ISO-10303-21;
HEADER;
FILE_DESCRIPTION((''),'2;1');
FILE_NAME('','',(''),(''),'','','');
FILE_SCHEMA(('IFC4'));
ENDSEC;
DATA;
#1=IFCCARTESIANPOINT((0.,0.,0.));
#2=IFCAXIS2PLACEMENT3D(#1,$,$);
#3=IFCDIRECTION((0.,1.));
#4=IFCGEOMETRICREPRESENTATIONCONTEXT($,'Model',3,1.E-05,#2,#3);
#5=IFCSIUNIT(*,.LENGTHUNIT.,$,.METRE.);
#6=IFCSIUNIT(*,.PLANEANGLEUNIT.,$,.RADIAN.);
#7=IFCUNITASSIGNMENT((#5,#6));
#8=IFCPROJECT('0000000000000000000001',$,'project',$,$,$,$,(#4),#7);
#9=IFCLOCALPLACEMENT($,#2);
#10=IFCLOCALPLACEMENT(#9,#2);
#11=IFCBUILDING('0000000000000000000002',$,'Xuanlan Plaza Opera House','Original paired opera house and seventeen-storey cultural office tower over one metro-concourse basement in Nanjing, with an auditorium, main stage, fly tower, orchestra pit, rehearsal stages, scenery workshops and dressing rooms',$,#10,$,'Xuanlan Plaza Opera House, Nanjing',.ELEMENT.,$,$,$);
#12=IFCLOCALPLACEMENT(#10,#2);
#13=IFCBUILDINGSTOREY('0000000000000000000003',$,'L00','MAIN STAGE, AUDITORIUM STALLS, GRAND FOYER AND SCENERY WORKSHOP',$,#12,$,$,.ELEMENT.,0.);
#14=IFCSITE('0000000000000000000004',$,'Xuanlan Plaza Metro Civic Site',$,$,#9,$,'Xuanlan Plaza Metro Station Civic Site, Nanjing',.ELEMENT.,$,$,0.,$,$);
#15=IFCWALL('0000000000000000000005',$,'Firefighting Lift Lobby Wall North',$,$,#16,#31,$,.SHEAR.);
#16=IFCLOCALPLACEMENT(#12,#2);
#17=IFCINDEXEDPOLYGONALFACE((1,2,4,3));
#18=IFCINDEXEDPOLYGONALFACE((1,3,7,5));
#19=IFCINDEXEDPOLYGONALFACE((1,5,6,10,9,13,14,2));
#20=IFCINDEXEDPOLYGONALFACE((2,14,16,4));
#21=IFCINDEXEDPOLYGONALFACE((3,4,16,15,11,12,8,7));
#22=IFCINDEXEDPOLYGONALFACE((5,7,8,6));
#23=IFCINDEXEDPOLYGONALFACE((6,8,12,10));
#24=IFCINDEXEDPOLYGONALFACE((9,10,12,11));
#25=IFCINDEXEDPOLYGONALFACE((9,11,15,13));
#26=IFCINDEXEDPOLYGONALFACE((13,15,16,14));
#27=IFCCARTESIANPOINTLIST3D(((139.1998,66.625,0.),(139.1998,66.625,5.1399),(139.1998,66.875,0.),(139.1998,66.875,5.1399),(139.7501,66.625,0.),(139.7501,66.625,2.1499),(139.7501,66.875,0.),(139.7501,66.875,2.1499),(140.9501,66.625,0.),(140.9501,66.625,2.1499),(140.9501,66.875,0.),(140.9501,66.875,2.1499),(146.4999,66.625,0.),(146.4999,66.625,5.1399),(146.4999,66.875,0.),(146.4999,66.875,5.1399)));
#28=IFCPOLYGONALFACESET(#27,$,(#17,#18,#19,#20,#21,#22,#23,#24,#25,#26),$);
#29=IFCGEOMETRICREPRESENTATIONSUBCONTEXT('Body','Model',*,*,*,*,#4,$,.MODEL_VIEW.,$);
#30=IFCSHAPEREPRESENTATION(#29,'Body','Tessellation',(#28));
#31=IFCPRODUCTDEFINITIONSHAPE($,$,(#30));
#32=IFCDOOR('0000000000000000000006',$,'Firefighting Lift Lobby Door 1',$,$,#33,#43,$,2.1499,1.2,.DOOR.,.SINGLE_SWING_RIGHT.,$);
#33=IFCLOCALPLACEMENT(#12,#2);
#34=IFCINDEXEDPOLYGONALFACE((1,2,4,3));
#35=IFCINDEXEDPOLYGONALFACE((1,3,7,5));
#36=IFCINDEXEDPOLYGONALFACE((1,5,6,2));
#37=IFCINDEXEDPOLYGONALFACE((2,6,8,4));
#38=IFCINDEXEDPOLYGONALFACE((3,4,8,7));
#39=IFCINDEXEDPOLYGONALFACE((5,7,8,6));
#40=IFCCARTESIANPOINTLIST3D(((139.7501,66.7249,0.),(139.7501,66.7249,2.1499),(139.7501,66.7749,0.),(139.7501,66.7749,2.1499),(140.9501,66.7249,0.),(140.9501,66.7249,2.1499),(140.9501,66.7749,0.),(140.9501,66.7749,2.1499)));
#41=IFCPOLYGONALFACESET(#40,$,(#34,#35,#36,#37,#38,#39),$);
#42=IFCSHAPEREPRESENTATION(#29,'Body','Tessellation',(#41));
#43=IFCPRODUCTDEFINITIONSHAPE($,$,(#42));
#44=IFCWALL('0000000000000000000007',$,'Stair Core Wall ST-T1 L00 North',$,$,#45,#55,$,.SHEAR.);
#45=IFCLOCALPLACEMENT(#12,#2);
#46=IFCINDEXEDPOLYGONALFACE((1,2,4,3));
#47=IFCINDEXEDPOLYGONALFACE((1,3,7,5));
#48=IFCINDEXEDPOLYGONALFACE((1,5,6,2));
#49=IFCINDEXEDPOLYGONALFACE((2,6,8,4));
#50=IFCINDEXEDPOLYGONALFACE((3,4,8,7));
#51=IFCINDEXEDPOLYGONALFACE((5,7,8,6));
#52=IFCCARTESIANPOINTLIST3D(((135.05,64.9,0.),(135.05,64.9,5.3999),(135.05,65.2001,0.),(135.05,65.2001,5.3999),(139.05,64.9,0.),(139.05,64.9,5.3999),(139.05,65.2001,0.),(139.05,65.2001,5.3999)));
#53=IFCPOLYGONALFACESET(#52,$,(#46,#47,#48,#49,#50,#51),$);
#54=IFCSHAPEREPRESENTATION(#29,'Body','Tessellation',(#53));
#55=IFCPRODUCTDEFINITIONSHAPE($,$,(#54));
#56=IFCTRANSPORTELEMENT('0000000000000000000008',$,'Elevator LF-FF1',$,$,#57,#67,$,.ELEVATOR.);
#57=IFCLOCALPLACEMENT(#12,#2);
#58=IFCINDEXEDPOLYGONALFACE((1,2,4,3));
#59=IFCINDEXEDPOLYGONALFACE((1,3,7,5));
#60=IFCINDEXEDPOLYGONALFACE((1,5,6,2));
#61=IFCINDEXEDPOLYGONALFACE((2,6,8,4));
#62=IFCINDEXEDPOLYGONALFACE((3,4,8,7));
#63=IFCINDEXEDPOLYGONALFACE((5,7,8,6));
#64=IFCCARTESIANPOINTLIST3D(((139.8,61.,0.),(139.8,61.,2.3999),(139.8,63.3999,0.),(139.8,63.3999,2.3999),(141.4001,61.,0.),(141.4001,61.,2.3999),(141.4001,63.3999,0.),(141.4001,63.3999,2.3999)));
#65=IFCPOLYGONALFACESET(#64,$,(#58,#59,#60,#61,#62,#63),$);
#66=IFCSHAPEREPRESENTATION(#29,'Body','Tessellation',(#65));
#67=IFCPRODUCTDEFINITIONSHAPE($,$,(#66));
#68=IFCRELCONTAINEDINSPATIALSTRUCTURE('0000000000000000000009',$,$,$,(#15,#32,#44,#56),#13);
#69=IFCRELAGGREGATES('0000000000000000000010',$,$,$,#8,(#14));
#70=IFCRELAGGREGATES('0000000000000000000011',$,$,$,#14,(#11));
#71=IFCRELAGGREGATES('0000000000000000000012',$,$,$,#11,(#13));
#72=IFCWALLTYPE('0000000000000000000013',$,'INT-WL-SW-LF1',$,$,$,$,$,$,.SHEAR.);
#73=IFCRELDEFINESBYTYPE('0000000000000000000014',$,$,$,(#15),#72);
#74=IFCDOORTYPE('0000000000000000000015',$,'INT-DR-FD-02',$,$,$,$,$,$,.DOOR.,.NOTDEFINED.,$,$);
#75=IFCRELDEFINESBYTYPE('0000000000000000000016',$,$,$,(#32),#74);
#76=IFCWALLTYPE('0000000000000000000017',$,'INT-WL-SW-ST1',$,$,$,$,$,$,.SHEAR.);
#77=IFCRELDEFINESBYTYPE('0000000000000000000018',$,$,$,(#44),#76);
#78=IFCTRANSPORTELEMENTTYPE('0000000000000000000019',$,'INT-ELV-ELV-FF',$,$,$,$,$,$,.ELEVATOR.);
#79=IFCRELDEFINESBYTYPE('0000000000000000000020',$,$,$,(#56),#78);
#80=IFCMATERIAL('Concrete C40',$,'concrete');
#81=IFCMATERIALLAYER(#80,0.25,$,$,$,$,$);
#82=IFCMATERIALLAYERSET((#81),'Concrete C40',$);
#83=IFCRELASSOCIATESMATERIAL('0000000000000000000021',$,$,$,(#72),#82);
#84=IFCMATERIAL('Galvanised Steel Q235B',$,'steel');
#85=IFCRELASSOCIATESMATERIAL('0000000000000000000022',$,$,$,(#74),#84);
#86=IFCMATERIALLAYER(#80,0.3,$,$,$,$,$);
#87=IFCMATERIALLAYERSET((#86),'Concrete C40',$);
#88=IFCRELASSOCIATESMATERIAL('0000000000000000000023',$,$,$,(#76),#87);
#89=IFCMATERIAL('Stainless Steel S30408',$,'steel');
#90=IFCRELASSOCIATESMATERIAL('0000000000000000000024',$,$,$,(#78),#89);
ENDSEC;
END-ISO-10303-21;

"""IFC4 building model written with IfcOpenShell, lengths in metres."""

from ifc_helpers import new_model, si_unit, direction, frame, frame_2d, origin, origin_2d, place, context, subcontext, project, spatial, rectangle, extrude, material, layer, layer_set, type_object, element, fill, save


model = new_model("IFC4")

# Units and contexts
model_context = context("Model", 3, precision=1e-05, world=origin(), true_north=direction((0.0, 1.0)))
body_context = subcontext(model_context, "Body", "Model", "MODEL_VIEW")
ifc_project = project(units=[si_unit("LENGTHUNIT", "METRE"), si_unit("PLANEANGLEUNIT", "RADIAN")], contexts=[model_context])

# Site, building, storey
site_placement = place(None, origin())
site = spatial("IfcSite", under=ifc_project, at=site_placement, Name="Xuanlan Plaza Metro Civic Site", LongName="Xuanlan Plaza Metro Station Civic Site, Nanjing", CompositionType="ELEMENT", RefElevation=0.0)
building_placement = place(site_placement, origin())
building = spatial("IfcBuilding", under=site, at=building_placement, Name="Xuanlan Plaza Opera House", Description="Original paired opera house and seventeen-storey cultural office tower over one metro-concourse basement in Nanjing, with an auditorium, main stage, fly tower, orchestra pit, rehearsal stages, scenery workshops and dressing rooms", LongName="Xuanlan Plaza Opera House, Nanjing", CompositionType="ELEMENT")
storey_placement = place(building_placement, origin())
storey = spatial("IfcBuildingStorey", under=building, at=storey_placement, Name="L00", Description="MAIN STAGE, AUDITORIUM STALLS, GRAND FOYER AND SCENERY WORKSHOP", CompositionType="ELEMENT", Elevation=0.0)

# Shared definitions
ifc_material_1 = material(Name="Concrete C40", Category="concrete")

# Shared definitions
ifc_layer_1 = layer(ifc_material_1, 0.25)
ifc_layer_set_1 = layer_set([ifc_layer_1], Name="Concrete C40")
wall_type_1 = type_object("IfcWallType", Name="INT-WL-SW-LF1", PredefinedType="SHEAR", material=ifc_layer_set_1)
ifc_material_2 = material(Name="Stainless Steel S30408", Category="steel")

# Wall, opening, door
wall_1_placement = place(storey_placement, frame((139.2, 66.75, 0.0), z_axis=(0.0, 0.0, 1.0), x_axis=(1.0, 0.0, 0.0)))
wall_1 = element("IfcWall", 1, at=wall_1_placement, inside=storey, type_object=wall_type_1, Name="Firefighting Lift Lobby Wall North", PredefinedType="SHEAR", context=body_context, shape_type="SweptSolid", body=[
    extrude(rectangle(XDim=7.3, YDim=0.25, at=frame_2d((3.6499, 0.0))), origin(), (0.0, 0.0, 1.0), 5.1399),
])
opening_1_placement = place(wall_1_placement, frame((0.55, 0.0, 0.0)))
opening_1 = element("IfcOpeningElement", 2, at=opening_1_placement, cuts=wall_1, PredefinedType="OPENING", context=body_context, shape_type="SweptSolid", body=[
    extrude(rectangle(XDim=1.2, YDim=2.1499, at=frame_2d((0.6001, 1.075))), frame((0.0, 0.135, 0.0), z_axis=(0.0, -1.0, 0.0), x_axis=(1.0, 0.0, 0.0)), (0.0, 0.0, 1.0), 0.27),
])
ifc_material_3 = material(Name="Galvanised Steel Q235B", Category="steel")
door_type_1 = type_object("IfcDoorType", Name="INT-DR-FD-02", OperationType="NOTDEFINED", PredefinedType="DOOR", material=ifc_material_3)
door_1_placement = place(opening_1_placement, origin())
door_1 = element("IfcDoor", 3, at=door_1_placement, inside=storey, type_object=door_type_1, Name="Firefighting Lift Lobby Door 1", OperationType="SINGLE_SWING_RIGHT", OverallHeight=2.1499, OverallWidth=1.2, PredefinedType="DOOR", context=body_context, shape_type="SweptSolid", body=[
    extrude(rectangle(XDim=1.2, YDim=2.1499, at=frame_2d((0.6001, 1.075))), frame((0.0, 0.0249, 0.0), z_axis=(0.0, -1.0, 0.0), x_axis=(1.0, 0.0, 0.0)), (0.0, 0.0, 1.0), 0.05),
])
fill(opening_1, door_1)

# Wall
ifc_layer_2 = layer(ifc_material_1, 0.3)
ifc_layer_set_2 = layer_set([ifc_layer_2], Name="Concrete C40")
wall_type_2 = type_object("IfcWallType", Name="INT-WL-SW-ST1", PredefinedType="SHEAR", material=ifc_layer_set_2)
wall_2_placement = place(storey_placement, frame((135.05, 65.05, 0.0), z_axis=(0.0, 0.0, 1.0), x_axis=(1.0, 0.0, 0.0)))
element("IfcWall", 4, at=wall_2_placement, inside=storey, type_object=wall_type_2, Name="Stair Core Wall ST-T1 L00 North", PredefinedType="SHEAR", context=body_context, shape_type="SweptSolid", body=[
    extrude(rectangle(XDim=4.0, YDim=0.3, at=frame_2d((2.0, 0.0))), origin(), (0.0, 0.0, 1.0), 5.3999),
])

# Transport element
transport_element_type = type_object("IfcTransportElementType", Name="INT-ELV-ELV-FF", PredefinedType="ELEVATOR", material=ifc_material_2)
transport_element_placement = place(storey_placement, frame((140.6001, 62.2, 0.0)))
element("IfcTransportElement", 5, at=transport_element_placement, inside=storey, type_object=transport_element_type, Name="Elevator LF-FF1", PredefinedType="ELEVATOR", context=body_context, shape_type="SweptSolid", body=[
    extrude(rectangle(XDim=1.6001, YDim=2.3999, at=origin_2d()), origin(), (0.0, 0.0, 1.0), 2.3999),
])

save(model, "model.ifc")
